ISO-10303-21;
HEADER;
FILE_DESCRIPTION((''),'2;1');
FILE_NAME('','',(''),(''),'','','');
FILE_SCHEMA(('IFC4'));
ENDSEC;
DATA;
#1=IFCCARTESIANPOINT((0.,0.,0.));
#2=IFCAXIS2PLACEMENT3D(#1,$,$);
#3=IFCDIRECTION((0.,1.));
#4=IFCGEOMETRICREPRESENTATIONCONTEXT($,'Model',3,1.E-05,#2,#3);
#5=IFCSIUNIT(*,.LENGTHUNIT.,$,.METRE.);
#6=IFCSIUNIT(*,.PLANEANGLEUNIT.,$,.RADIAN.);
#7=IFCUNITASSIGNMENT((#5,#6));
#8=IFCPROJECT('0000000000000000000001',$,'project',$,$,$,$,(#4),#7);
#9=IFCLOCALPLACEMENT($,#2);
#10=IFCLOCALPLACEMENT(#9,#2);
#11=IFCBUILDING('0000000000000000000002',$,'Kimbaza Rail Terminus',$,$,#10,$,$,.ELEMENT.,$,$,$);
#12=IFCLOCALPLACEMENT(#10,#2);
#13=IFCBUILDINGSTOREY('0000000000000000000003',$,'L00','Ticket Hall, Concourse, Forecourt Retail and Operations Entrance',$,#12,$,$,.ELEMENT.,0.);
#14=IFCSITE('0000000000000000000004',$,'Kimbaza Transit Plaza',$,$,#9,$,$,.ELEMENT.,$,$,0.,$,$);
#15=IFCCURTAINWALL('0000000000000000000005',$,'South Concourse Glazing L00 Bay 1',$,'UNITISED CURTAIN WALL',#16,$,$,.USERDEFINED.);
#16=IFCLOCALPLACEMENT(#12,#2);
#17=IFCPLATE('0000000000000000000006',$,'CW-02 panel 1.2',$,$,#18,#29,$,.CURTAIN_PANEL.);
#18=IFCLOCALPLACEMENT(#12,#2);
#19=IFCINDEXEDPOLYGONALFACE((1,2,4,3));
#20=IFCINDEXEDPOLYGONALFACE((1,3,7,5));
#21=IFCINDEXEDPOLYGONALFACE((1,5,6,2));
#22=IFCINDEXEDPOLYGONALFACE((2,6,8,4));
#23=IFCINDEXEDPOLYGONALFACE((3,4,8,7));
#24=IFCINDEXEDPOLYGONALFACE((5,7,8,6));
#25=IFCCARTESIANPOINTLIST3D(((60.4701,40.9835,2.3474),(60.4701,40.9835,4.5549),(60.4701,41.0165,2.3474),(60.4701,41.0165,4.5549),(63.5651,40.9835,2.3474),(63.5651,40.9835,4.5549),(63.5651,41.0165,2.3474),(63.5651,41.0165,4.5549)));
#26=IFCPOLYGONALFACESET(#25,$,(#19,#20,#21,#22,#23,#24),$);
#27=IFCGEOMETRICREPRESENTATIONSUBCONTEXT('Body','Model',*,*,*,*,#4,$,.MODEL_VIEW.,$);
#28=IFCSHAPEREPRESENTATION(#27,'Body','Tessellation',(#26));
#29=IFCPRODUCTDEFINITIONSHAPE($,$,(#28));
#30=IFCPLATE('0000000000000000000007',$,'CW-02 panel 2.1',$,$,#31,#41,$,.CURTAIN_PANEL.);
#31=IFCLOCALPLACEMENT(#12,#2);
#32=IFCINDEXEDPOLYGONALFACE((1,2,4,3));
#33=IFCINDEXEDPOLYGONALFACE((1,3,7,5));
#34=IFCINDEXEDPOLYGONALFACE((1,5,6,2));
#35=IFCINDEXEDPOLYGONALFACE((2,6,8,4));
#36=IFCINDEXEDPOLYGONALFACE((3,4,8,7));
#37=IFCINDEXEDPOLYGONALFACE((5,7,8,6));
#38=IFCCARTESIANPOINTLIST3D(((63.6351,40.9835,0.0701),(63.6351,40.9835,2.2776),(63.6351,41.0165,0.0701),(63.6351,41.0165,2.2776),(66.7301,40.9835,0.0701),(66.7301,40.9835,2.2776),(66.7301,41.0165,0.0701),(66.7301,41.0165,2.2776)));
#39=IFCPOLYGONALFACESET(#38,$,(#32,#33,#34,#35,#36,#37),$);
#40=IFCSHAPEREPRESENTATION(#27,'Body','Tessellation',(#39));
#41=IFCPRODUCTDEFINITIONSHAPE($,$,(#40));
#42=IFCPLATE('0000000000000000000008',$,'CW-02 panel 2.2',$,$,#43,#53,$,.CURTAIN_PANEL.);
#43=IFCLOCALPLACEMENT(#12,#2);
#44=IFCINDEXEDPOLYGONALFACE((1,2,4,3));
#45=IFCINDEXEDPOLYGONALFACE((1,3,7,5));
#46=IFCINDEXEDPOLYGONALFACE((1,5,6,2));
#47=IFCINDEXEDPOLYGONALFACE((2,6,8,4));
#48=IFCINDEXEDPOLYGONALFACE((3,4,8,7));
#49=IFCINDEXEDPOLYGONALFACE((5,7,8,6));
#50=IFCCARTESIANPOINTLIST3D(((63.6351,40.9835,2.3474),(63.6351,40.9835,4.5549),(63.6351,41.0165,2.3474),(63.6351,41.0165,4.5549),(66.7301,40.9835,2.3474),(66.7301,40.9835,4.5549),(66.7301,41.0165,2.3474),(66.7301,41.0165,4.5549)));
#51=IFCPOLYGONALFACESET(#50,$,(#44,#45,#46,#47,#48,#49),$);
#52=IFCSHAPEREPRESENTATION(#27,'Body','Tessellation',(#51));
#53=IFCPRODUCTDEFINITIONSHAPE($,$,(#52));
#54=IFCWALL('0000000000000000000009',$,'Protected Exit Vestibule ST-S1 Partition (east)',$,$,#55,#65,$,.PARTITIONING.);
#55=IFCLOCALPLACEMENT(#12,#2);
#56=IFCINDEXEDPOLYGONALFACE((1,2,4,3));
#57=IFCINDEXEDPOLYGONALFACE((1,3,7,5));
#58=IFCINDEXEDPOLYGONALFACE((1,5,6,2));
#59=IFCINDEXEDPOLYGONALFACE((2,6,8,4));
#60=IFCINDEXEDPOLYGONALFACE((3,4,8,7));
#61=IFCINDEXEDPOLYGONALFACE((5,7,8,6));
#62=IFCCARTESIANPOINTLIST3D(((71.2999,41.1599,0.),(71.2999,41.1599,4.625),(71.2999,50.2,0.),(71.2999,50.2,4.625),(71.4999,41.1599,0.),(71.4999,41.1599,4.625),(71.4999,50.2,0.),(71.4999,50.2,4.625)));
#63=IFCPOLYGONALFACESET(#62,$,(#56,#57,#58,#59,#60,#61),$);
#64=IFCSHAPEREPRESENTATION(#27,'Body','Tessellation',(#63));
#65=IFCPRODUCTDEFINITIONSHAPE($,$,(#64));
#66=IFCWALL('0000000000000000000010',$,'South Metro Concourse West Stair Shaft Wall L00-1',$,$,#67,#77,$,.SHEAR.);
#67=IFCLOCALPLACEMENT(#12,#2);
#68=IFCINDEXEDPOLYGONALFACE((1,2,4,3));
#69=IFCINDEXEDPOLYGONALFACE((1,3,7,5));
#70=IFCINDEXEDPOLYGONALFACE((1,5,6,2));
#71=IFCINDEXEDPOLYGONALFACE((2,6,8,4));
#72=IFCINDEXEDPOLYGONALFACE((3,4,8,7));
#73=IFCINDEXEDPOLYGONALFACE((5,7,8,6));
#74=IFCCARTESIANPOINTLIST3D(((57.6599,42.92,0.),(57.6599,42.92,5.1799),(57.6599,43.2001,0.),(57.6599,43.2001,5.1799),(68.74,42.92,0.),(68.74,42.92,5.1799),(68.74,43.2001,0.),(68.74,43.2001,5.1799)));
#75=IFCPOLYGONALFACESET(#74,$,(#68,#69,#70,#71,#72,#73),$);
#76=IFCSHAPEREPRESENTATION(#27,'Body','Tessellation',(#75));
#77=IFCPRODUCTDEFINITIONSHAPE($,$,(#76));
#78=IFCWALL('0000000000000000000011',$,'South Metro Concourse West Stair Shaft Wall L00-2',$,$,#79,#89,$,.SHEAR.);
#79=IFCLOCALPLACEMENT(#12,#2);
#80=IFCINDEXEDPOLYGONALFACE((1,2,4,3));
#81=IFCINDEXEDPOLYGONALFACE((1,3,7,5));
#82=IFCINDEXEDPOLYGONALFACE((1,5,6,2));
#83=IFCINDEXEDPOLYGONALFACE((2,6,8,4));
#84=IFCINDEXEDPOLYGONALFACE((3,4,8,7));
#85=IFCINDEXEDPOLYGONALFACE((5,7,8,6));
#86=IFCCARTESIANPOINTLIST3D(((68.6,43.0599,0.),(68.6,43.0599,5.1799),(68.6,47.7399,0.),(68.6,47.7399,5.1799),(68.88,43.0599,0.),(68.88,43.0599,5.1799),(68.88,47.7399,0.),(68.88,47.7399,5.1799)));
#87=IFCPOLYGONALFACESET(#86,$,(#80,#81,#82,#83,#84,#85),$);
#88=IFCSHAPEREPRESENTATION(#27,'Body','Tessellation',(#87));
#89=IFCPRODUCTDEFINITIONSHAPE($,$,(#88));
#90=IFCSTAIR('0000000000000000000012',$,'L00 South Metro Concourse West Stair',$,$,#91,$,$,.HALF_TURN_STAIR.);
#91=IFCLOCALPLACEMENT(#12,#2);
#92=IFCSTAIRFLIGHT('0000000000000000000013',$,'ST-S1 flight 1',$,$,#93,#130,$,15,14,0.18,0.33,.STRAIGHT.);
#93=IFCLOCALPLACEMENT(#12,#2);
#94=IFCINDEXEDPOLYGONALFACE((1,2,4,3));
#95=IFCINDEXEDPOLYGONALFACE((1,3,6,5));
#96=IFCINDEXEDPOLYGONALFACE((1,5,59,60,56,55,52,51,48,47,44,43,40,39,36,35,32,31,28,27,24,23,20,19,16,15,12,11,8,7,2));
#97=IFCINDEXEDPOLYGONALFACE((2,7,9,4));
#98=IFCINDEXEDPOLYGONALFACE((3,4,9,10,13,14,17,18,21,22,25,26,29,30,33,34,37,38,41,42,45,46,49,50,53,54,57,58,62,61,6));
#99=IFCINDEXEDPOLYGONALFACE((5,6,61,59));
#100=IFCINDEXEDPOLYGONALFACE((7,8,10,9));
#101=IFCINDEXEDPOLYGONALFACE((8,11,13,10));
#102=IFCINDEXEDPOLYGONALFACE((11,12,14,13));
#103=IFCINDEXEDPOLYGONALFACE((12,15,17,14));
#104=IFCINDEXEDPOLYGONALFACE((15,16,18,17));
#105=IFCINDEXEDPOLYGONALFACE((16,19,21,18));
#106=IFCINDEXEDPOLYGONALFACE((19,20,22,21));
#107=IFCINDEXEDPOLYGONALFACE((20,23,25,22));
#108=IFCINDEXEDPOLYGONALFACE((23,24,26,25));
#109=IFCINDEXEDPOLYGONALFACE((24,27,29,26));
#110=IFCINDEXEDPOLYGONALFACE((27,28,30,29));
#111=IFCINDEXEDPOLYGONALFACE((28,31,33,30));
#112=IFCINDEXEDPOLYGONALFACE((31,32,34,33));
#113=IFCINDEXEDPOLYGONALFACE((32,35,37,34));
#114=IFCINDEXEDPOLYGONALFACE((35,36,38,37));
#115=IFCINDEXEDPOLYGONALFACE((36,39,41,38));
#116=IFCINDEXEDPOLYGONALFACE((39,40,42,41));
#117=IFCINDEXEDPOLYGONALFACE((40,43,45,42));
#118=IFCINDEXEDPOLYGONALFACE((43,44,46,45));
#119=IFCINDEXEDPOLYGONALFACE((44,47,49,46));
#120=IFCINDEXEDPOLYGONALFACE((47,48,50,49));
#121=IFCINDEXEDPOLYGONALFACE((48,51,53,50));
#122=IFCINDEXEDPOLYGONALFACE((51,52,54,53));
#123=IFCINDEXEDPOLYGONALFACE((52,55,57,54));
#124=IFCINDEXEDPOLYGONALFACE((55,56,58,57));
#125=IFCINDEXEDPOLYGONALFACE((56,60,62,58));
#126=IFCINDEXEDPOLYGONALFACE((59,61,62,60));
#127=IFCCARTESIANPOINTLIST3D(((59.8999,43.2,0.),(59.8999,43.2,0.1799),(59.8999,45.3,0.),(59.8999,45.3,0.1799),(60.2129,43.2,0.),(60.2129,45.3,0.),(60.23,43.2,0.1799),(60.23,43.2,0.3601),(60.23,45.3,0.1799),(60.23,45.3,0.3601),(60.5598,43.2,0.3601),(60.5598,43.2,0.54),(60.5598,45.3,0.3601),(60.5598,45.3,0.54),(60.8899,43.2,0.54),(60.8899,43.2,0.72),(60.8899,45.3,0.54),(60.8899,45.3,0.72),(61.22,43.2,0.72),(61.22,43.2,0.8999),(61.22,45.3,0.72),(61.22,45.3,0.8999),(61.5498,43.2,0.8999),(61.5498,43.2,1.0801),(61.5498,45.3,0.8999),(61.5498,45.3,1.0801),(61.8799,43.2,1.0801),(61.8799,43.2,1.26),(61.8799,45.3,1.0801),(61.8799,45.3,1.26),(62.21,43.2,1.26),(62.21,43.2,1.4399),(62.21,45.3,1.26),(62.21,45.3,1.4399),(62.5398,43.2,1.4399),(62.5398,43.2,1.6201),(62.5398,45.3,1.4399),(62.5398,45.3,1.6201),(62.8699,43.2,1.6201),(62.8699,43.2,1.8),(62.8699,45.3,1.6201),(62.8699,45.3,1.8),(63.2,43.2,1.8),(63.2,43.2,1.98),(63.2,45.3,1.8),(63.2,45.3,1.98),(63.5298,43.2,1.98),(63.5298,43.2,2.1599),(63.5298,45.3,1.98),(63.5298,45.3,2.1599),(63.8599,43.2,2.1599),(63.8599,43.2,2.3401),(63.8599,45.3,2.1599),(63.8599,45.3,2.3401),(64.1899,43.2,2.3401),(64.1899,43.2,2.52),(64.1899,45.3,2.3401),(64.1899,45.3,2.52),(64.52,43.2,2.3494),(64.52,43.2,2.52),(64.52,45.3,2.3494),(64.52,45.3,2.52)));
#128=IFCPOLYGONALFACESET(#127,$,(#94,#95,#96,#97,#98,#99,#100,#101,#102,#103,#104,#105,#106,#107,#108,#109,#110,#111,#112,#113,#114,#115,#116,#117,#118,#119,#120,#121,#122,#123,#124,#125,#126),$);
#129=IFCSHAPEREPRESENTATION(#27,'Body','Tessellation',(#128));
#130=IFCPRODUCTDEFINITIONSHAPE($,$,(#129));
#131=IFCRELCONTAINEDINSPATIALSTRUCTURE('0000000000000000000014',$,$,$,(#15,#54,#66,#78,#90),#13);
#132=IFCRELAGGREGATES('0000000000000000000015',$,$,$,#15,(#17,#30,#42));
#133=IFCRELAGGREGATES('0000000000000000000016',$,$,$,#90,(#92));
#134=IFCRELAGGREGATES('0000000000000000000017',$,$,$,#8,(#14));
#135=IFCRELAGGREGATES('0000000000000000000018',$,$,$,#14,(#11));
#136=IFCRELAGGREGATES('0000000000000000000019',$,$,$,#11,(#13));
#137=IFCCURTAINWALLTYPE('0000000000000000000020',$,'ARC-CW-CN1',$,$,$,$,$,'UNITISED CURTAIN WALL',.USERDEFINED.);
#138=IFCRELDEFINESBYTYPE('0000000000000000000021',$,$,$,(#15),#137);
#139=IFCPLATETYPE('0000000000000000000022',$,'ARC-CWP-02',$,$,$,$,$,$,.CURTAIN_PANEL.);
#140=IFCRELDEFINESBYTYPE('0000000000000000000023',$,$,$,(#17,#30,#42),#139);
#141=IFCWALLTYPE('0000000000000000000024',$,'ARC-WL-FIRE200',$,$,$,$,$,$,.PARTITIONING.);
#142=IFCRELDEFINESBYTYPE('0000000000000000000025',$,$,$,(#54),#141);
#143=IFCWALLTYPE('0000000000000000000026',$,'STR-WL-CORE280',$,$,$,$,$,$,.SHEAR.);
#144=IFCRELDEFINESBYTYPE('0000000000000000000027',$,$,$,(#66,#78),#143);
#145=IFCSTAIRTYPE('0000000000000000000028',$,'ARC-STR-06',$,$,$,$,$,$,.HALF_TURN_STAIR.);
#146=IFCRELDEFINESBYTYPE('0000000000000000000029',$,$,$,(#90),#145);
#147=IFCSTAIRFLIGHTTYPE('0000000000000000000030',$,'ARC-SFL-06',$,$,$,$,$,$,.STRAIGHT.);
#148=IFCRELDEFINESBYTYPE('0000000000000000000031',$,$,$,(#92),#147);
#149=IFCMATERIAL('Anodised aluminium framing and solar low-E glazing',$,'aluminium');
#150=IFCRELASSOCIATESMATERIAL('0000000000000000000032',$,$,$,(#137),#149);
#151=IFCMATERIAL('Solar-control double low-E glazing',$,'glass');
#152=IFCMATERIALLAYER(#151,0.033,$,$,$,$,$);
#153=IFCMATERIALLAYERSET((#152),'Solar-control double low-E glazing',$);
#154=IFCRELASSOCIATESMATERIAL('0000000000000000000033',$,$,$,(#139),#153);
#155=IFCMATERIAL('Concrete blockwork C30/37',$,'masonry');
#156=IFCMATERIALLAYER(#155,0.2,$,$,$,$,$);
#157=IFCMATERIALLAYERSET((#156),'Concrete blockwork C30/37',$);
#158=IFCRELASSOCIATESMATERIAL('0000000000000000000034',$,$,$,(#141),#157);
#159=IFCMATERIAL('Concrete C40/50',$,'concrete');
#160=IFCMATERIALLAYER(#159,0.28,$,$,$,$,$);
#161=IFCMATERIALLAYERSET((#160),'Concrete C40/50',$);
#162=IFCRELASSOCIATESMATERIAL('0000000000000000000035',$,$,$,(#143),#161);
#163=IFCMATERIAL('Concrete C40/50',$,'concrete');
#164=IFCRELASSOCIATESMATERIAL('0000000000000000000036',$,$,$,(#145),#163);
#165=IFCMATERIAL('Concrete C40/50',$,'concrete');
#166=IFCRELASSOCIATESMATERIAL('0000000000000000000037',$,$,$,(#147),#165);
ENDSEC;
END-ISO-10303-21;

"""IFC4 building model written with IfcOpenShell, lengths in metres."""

from ifc_helpers import new_model, si_unit, direction, frame, frame_2d, origin, origin_2d, place, context, subcontext, project, spatial, polyline, rectangle, outline, extrude, material, layer, layer_set, type_object, element, aggregate, save


model = new_model("IFC4")

# Units and contexts
model_context = context("Model", 3, precision=1e-05, world=origin(), true_north=direction((0.0, 1.0)))
body_context = subcontext(model_context, "Body", "Model", "MODEL_VIEW")
ifc_project = project(units=[si_unit("LENGTHUNIT", "METRE"), si_unit("PLANEANGLEUNIT", "RADIAN")], contexts=[model_context])

# Site, building, storey
site_placement = place(None, origin())
site = spatial("IfcSite", under=ifc_project, at=site_placement, Name="Kimbaza Transit Plaza", CompositionType="ELEMENT", RefElevation=0.0)
building_placement = place(site_placement, origin())
building = spatial("IfcBuilding", under=site, at=building_placement, Name="Kimbaza Rail Terminus", CompositionType="ELEMENT")
storey_placement = place(building_placement, origin())
storey = spatial("IfcBuildingStorey", under=building, at=storey_placement, Name="L00", Description="Ticket Hall, Concourse, Forecourt Retail and Operations Entrance", CompositionType="ELEMENT", Elevation=0.0)

# Curtain wall
ifc_material_1 = material(Name="Anodised aluminium framing and solar low-E glazing", Category="aluminium")
curtain_wall_type_1 = type_object("IfcCurtainWallType", Name="ARC-CW-CN1", ElementType="UNITISED CURTAIN WALL", PredefinedType="USERDEFINED", material=ifc_material_1)
curtain_wall_1_placement = place(storey_placement, origin())
curtain_wall_1 = element("IfcCurtainWall", 1, at=curtain_wall_1_placement, inside=storey, type_object=curtain_wall_type_1, Name="South Concourse Glazing L00 Bay 1", ObjectType="UNITISED CURTAIN WALL", PredefinedType="USERDEFINED")

# Plates
ifc_material_2 = material(Name="Solar-control double low-E glazing", Category="glass")
ifc_layer_1 = layer(ifc_material_2, 0.033)
ifc_layer_set_1 = layer_set([ifc_layer_1], Name="Solar-control double low-E glazing")
plate_type_1 = type_object("IfcPlateType", Name="ARC-CWP-02", PredefinedType="CURTAIN_PANEL", material=ifc_layer_set_1)
plate_1_placement = place(storey_placement, frame((62.0176, 41.0, 2.3474), z_axis=(0.0, 0.0, 1.0), x_axis=(1.0, 0.0, 0.0)))
plate_1 = element("IfcPlate", 2, at=plate_1_placement, type_object=plate_type_1, Name="CW-02 panel 1.2", PredefinedType="CURTAIN_PANEL", context=body_context, shape_type="SweptSolid", body=[
    extrude(rectangle(XDim=3.095, YDim=0.033, at=origin_2d()), origin(), (0.0, 0.0, 1.0), 2.2075),
])
plate_2_placement = place(storey_placement, frame((65.1826, 41.0, 0.0701), z_axis=(0.0, 0.0, 1.0), x_axis=(1.0, 0.0, 0.0)))
plate_2 = element("IfcPlate", 3, at=plate_2_placement, type_object=plate_type_1, Name="CW-02 panel 2.1", PredefinedType="CURTAIN_PANEL", context=body_context, shape_type="SweptSolid", body=[
    extrude(rectangle(XDim=3.095, YDim=0.033, at=origin_2d()), origin(), (0.0, 0.0, 1.0), 2.2075),
])
plate_3_placement = place(storey_placement, frame((65.1826, 41.0, 2.3474), z_axis=(0.0, 0.0, 1.0), x_axis=(1.0, 0.0, 0.0)))
plate_3 = element("IfcPlate", 4, at=plate_3_placement, type_object=plate_type_1, Name="CW-02 panel 2.2", PredefinedType="CURTAIN_PANEL", context=body_context, shape_type="SweptSolid", body=[
    extrude(rectangle(XDim=3.095, YDim=0.033, at=origin_2d()), origin(), (0.0, 0.0, 1.0), 2.2075),
])
aggregate(curtain_wall_1, [plate_1, plate_2, plate_3])

# Walls
ifc_material_3 = material(Name="Concrete blockwork C30/37", Category="masonry")
ifc_layer_2 = layer(ifc_material_3, 0.2)
ifc_layer_set_2 = layer_set([ifc_layer_2], Name="Concrete blockwork C30/37")
wall_type_1 = type_object("IfcWallType", Name="ARC-WL-FIRE200", PredefinedType="PARTITIONING", material=ifc_layer_set_2)
wall_1_placement = place(storey_placement, frame((71.3999, 41.1599, 0.0), z_axis=(0.0, 0.0, 1.0), x_axis=(0.0, 1.0, 0.0)))
element("IfcWall", 5, at=wall_1_placement, inside=storey, type_object=wall_type_1, Name="Protected Exit Vestibule ST-S1 Partition (east)", PredefinedType="PARTITIONING", context=body_context, shape_type="SweptSolid", body=[
    extrude(rectangle(XDim=9.04, YDim=0.2, at=frame_2d((4.52, 0.0))), origin(), (0.0, 0.0, 1.0), 4.625),
])
ifc_material_4 = material(Name="Concrete C40/50", Category="concrete")
ifc_layer_3 = layer(ifc_material_4, 0.28)
ifc_layer_set_3 = layer_set([ifc_layer_3], Name="Concrete C40/50")
wall_type_2 = type_object("IfcWallType", Name="STR-WL-CORE280", PredefinedType="SHEAR", material=ifc_layer_set_3)
wall_2_placement = place(storey_placement, frame((57.6599, 43.0601, 0.0), z_axis=(0.0, 0.0, 1.0), x_axis=(1.0, 0.0, 0.0)))
element("IfcWall", 6, at=wall_2_placement, inside=storey, type_object=wall_type_2, Name="South Metro Concourse West Stair Shaft Wall L00-1", PredefinedType="SHEAR", context=body_context, shape_type="SweptSolid", body=[
    extrude(rectangle(XDim=11.0801, YDim=0.28, at=frame_2d((5.54, 0.0))), origin(), (0.0, 0.0, 1.0), 5.1799),
])
wall_3_placement = place(storey_placement, frame((68.74, 43.0601, 0.0), z_axis=(0.0, 0.0, 1.0), x_axis=(0.0, 1.0, 0.0)))
element("IfcWall", 7, at=wall_3_placement, inside=storey, type_object=wall_type_2, Name="South Metro Concourse West Stair Shaft Wall L00-2", PredefinedType="SHEAR", context=body_context, shape_type="SweptSolid", body=[
    extrude(rectangle(XDim=4.6799, YDim=0.28, at=frame_2d((2.3398, 0.0))), origin(), (0.0, 0.0, 1.0), 5.1799),
])

# Stair, stair flight
ifc_material_5 = material(Name="Concrete C40/50", Category="concrete")
stair_type = type_object("IfcStairType", Name="ARC-STR-06", PredefinedType="HALF_TURN_STAIR", material=ifc_material_5)
stair_placement = place(storey_placement, origin())
stair = element("IfcStair", 8, at=stair_placement, inside=storey, type_object=stair_type, Name="L00 South Metro Concourse West Stair", PredefinedType="HALF_TURN_STAIR")
ifc_material_6 = material(Name="Concrete C40/50", Category="concrete")
stair_flight_type = type_object("IfcStairFlightType", Name="ARC-SFL-06", PredefinedType="STRAIGHT", material=ifc_material_6)
stair_flight_placement = place(storey_placement, frame((59.8999, 44.25, 0.0), z_axis=(0.0, 0.0, 1.0), x_axis=(1.0, 0.0, 0.0)))
stair_flight = element("IfcStairFlight", 9, at=stair_flight_placement, type_object=stair_flight_type, Name="ST-S1 flight 1", NumberOfRisers=15, NumberOfTreads=14, PredefinedType="STRAIGHT", RiserHeight=0.18, TreadLength=0.33, context=body_context, shape_type="SweptSolid", body=[
    extrude(outline(polyline([(0.0, 0.0), (0.0, 0.1799), (0.3301, 0.1799), (0.3301, 0.3601), (0.6599, 0.3601), (0.6599, 0.54), (0.99, 0.54), (0.99, 0.72), (1.3201, 0.72), (1.3201, 0.8999), (1.6499, 0.8999), (1.6499, 1.0801), (1.98, 1.0801), (1.98, 1.26), (2.3101, 1.26), (2.3101, 1.4399), (2.6399, 1.4399), (2.6399, 1.6201), (2.97, 1.6201), (2.97, 1.8), (3.3, 1.8), (3.3, 1.98), (3.6299, 1.98), (3.6299, 2.1599), (3.96, 2.1599), (3.96, 2.3401), (4.29, 2.3401), (4.29, 2.52), (4.6201, 2.52), (4.6201, 2.7), (4.6201, 2.3494), (0.313, 0.0), (0.0, 0.0)])), frame((0.0, 1.05, 0.0), z_axis=(0.0, -1.0, 0.0), x_axis=(1.0, 0.0, 0.0)), (0.0, 0.0, 1.0), 2.1001),
])
aggregate(stair, [stair_flight])

save(model, "model.ifc")
